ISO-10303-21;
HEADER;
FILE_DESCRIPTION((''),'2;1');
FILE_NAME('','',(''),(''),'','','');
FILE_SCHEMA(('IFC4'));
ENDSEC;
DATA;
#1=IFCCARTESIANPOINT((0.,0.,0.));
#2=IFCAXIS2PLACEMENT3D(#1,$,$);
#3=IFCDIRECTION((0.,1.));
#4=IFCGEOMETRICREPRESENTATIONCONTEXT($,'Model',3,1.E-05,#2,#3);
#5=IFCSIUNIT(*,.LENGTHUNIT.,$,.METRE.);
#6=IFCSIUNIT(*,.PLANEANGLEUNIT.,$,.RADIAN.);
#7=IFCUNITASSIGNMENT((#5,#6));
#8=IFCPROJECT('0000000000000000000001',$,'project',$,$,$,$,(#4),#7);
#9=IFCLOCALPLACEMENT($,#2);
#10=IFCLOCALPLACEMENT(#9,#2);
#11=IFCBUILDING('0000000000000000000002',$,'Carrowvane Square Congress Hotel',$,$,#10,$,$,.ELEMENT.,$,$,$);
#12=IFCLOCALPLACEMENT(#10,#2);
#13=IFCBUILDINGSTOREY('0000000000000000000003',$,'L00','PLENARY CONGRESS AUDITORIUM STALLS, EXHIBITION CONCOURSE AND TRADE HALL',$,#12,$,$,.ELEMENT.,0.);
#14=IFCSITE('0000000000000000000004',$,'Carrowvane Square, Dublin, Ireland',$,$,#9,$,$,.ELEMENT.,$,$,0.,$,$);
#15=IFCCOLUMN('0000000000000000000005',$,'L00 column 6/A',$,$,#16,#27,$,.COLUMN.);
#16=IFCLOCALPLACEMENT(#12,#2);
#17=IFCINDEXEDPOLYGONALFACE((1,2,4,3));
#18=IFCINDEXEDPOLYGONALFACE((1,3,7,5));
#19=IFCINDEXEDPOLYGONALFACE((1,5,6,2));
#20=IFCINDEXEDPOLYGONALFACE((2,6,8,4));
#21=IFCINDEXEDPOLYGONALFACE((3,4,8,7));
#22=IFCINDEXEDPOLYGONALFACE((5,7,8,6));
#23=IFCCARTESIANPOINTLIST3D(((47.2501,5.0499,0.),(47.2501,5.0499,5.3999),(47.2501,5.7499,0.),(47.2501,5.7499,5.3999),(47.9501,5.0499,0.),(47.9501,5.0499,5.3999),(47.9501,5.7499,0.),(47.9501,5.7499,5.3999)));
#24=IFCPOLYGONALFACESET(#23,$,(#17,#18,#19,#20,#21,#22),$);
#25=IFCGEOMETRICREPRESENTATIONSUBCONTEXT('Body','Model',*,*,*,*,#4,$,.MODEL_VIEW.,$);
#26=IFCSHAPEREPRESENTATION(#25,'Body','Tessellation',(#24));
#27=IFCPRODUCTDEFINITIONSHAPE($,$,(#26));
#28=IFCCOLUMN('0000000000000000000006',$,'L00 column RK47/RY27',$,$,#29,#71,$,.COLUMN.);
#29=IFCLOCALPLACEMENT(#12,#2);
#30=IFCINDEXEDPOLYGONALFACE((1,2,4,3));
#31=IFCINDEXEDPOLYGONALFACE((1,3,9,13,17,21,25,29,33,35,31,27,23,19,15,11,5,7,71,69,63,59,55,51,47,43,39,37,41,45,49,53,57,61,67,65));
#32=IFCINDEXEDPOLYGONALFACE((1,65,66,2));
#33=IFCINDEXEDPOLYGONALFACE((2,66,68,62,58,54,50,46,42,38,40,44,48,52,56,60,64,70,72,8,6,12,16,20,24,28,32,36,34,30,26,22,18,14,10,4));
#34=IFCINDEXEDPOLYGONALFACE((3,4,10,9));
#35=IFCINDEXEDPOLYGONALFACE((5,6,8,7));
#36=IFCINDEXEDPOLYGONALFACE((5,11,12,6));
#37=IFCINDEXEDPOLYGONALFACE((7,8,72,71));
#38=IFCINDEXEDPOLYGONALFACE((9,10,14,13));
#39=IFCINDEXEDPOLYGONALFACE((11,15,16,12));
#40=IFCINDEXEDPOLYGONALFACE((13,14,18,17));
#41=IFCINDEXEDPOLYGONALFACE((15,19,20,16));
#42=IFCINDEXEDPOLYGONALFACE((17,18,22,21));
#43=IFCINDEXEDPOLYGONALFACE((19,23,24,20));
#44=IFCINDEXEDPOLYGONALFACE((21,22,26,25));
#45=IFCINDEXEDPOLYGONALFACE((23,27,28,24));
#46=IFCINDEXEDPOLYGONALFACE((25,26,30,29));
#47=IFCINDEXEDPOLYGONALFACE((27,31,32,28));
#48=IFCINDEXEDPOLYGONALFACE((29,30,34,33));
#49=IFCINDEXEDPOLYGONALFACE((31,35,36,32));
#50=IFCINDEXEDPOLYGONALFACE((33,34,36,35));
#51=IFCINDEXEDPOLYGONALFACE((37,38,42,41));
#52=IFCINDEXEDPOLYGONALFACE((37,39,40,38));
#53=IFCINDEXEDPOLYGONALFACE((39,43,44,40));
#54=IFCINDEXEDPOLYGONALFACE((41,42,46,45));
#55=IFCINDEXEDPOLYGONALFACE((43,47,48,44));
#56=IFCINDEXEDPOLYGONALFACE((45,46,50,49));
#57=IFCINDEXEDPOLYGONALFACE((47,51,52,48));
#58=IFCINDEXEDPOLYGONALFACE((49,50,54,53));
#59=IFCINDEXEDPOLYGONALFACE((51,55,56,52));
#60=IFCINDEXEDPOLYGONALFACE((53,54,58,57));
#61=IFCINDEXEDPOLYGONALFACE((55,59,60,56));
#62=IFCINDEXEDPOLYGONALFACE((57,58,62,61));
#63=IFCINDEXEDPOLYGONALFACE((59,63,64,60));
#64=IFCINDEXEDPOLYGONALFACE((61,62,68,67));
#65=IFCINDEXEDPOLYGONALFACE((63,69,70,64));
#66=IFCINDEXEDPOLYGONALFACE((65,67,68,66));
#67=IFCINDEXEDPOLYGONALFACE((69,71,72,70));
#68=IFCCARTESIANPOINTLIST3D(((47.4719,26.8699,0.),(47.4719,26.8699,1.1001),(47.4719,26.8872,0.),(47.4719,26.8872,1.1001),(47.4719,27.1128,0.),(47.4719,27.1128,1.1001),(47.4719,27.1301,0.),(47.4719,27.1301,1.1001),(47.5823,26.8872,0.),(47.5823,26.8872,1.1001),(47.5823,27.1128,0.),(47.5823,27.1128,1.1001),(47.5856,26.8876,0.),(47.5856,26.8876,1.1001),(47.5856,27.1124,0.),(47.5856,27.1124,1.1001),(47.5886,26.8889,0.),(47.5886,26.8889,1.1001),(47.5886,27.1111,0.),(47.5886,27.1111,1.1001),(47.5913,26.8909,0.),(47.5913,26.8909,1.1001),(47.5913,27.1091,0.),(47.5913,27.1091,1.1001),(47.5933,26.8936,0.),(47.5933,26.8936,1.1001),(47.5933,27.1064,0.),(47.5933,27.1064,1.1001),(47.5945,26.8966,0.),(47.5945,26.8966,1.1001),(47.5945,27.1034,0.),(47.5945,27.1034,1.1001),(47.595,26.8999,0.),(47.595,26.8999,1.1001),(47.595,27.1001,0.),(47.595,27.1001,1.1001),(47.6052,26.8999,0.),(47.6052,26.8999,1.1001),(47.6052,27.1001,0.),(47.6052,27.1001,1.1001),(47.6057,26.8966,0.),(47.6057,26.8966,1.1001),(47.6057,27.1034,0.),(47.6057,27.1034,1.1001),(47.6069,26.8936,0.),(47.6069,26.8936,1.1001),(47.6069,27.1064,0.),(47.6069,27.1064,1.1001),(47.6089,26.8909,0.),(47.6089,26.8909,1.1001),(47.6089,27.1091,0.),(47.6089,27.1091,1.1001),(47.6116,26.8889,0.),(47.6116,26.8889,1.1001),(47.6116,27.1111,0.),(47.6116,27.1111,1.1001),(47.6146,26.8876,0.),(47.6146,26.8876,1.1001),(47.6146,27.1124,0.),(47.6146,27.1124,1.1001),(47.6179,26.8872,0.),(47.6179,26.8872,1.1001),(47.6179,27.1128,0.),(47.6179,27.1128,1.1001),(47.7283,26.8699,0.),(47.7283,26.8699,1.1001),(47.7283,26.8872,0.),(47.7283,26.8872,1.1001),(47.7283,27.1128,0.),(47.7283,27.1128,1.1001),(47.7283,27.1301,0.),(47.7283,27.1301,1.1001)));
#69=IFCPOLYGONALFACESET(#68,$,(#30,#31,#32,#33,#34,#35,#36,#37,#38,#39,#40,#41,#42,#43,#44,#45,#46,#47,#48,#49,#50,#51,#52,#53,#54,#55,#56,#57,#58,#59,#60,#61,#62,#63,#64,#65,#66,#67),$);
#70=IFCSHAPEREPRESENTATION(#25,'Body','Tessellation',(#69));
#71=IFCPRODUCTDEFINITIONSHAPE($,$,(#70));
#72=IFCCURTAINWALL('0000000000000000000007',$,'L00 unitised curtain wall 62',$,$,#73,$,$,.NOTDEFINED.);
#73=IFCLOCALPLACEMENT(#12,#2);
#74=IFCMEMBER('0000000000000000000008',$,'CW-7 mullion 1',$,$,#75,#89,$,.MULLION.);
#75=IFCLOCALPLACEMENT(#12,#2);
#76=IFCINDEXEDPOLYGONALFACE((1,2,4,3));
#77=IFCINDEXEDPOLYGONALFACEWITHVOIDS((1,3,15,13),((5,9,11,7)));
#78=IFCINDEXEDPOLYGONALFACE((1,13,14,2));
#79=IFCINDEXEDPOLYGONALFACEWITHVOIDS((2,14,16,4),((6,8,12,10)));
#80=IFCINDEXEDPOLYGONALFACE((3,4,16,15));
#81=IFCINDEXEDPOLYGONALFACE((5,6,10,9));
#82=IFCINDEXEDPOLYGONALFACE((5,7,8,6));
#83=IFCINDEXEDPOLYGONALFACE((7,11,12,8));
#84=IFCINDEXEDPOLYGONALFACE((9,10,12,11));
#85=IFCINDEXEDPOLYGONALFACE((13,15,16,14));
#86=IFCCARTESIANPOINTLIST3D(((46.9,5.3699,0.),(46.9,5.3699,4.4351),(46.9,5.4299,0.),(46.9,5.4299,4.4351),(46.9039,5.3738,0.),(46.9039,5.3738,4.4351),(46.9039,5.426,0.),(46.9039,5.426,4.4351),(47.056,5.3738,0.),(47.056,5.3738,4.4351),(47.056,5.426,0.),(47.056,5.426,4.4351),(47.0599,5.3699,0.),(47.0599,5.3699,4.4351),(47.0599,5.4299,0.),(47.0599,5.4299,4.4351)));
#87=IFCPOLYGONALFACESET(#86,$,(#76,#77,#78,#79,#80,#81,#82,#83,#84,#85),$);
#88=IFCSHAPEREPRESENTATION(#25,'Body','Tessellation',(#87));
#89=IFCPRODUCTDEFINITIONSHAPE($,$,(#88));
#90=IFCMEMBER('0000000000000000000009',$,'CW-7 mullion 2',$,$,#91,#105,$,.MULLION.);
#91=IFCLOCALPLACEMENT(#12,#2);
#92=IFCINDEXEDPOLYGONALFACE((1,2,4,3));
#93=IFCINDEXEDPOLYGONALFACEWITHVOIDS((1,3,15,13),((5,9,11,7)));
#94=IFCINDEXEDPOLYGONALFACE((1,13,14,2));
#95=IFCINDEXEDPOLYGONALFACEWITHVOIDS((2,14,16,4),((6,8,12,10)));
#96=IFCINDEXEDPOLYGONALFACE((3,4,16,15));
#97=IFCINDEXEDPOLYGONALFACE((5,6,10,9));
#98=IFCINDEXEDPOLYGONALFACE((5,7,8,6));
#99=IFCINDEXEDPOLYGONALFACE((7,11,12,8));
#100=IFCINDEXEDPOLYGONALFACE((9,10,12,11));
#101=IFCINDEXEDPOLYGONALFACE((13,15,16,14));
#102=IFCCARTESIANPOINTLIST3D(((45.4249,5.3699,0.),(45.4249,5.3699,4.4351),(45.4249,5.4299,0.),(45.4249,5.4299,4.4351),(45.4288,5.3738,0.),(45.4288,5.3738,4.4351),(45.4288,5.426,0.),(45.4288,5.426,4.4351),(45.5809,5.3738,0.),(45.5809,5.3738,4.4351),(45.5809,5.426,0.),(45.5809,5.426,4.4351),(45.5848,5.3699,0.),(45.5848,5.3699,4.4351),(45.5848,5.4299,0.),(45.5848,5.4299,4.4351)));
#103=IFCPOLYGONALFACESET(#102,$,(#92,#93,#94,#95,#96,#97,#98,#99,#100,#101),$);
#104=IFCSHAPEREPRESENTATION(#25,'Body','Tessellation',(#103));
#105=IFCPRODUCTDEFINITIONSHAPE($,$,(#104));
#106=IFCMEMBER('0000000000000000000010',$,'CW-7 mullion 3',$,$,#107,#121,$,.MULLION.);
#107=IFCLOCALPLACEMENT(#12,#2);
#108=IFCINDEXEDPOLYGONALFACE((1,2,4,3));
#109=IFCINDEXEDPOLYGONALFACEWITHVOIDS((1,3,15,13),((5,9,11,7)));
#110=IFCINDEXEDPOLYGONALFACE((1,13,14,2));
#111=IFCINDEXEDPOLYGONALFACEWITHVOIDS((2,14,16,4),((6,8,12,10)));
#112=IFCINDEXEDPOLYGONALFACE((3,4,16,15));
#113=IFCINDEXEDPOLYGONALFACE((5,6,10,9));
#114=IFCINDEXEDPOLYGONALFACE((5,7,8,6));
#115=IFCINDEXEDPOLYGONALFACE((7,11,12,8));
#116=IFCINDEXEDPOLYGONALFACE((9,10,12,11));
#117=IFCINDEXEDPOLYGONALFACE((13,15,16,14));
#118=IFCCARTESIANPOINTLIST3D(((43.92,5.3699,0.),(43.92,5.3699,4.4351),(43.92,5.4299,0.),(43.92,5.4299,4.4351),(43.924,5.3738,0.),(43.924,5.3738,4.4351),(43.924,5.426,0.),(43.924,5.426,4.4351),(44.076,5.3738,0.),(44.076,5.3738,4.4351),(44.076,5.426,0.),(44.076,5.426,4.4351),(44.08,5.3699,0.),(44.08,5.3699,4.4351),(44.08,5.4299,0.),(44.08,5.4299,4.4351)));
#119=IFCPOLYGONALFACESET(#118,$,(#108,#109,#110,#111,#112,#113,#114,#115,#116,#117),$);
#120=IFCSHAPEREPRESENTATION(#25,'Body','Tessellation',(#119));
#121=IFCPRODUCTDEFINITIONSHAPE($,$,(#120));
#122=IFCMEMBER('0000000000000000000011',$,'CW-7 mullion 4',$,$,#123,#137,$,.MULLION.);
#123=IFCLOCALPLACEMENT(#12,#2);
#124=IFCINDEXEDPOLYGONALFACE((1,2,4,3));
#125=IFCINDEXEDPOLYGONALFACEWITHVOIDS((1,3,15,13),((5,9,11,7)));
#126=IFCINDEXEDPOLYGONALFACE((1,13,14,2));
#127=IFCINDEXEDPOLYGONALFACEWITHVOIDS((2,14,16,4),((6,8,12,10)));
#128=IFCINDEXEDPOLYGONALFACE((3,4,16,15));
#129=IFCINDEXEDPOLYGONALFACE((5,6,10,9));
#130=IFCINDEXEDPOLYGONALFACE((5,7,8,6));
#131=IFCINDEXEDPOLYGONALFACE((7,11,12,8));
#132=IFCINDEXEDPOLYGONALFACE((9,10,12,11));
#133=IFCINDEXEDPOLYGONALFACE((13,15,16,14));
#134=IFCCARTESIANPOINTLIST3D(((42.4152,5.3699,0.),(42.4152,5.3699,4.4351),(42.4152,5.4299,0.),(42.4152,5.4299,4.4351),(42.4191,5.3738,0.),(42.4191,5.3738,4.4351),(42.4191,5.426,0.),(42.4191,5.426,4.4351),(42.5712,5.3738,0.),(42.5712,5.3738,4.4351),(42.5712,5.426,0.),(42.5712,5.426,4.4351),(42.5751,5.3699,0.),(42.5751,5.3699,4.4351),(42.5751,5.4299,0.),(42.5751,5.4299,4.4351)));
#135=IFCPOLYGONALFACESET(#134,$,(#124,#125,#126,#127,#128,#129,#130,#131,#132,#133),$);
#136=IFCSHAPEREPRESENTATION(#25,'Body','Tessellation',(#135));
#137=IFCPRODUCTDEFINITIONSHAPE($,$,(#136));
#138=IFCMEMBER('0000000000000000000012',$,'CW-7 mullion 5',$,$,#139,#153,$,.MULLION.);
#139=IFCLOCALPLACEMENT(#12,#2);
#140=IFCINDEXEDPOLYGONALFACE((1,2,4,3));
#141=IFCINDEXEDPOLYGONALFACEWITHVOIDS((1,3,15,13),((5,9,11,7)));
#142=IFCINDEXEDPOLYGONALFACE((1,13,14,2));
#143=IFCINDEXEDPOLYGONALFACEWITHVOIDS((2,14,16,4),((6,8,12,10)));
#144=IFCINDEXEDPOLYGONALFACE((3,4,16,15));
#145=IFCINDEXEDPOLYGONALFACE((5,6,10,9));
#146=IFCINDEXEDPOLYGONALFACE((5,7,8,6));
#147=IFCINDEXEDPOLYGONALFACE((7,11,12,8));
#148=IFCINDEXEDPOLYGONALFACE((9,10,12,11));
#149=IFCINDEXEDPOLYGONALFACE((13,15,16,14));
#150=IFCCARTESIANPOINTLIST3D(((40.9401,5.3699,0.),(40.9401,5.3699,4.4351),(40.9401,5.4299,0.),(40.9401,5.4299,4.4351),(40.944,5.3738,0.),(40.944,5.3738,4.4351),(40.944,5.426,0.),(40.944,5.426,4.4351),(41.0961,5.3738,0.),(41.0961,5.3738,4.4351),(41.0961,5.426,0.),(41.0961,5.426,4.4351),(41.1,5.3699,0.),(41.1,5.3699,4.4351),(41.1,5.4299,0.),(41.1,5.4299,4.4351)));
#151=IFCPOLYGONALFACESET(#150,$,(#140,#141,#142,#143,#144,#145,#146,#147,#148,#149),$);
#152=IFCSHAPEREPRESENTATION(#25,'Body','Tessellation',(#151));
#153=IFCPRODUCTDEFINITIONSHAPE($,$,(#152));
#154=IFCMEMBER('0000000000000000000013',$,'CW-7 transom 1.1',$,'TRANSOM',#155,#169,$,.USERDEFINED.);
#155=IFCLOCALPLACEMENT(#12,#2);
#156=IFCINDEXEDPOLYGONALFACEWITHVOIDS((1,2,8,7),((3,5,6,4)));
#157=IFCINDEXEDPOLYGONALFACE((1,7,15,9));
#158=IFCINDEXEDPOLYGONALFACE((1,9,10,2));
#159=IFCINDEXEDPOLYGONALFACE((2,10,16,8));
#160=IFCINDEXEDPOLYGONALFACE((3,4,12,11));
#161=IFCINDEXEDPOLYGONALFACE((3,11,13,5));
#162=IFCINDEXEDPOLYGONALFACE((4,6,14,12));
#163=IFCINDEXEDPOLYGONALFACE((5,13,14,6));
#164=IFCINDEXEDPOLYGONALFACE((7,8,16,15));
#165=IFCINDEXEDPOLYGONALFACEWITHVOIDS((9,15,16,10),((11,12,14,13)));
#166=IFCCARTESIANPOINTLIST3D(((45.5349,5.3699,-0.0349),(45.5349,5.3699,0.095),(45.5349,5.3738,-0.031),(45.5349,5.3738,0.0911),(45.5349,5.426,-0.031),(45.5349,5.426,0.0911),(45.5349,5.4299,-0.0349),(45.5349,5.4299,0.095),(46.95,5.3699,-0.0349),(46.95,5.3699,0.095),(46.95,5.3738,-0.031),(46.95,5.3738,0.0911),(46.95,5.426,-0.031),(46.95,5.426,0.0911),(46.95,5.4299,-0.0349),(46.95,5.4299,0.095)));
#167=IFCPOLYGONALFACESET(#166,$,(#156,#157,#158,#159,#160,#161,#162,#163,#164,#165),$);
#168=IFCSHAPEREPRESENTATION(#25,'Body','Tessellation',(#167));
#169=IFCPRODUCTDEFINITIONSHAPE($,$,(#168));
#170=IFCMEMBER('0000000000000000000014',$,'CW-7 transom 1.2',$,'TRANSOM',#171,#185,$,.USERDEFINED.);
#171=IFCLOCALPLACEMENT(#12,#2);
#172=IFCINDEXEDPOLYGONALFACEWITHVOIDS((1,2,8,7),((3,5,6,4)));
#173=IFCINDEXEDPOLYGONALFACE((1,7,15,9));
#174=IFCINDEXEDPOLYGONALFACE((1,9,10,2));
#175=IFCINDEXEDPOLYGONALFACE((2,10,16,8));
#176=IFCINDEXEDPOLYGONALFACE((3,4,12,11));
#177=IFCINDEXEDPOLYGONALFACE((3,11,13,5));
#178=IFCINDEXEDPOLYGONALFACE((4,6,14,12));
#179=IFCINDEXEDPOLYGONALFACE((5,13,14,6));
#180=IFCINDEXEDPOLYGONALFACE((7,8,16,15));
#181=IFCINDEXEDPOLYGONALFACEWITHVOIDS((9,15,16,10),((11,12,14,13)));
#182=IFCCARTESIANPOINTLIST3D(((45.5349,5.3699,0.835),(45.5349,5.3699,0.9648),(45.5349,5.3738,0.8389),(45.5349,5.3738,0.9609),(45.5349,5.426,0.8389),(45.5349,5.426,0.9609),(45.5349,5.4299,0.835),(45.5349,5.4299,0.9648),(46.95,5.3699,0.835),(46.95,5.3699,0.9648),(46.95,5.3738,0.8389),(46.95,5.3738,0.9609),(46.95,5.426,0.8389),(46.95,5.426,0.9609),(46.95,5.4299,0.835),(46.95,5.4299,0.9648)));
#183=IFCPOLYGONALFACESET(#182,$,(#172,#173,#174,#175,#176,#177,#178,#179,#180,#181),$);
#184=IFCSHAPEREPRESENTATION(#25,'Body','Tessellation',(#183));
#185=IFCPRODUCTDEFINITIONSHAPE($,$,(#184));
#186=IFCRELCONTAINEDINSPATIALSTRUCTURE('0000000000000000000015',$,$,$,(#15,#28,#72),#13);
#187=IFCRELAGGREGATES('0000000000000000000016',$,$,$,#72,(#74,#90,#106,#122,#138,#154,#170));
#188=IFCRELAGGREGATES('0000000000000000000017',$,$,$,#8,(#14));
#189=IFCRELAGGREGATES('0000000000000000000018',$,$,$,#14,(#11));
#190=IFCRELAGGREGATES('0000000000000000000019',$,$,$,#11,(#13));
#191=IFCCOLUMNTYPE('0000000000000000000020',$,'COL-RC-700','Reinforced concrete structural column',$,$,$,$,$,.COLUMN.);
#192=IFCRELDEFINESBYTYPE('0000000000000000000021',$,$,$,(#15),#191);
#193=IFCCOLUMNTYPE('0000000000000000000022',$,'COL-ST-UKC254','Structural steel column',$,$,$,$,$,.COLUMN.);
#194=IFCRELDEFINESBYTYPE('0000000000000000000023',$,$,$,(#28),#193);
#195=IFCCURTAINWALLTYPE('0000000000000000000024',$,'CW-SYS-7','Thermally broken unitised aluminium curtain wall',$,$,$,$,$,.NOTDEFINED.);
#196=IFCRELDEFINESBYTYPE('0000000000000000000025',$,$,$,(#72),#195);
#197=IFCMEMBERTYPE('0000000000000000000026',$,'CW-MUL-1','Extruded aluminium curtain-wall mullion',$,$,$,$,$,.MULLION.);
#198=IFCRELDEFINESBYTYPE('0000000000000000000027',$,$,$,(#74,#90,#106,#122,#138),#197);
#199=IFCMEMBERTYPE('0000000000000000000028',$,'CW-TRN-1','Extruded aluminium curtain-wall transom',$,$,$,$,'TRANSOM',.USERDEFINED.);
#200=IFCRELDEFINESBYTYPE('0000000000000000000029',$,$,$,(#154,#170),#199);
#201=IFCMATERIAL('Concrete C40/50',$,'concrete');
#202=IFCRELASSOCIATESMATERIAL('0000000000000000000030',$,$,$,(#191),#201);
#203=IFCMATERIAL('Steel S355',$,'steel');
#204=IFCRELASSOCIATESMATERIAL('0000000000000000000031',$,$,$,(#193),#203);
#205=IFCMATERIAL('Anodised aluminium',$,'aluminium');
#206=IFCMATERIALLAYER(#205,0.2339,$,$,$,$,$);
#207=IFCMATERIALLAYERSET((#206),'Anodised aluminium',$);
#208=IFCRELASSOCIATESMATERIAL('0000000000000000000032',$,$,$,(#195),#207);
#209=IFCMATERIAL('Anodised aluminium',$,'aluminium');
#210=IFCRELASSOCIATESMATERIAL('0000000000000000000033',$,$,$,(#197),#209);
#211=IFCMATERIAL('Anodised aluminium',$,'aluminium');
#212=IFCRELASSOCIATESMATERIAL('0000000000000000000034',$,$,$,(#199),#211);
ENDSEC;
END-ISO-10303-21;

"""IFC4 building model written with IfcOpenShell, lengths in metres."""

from ifc_helpers import new_model, si_unit, direction, frame, origin, origin_2d, place, context, subcontext, project, spatial, rectangle, hollow_rectangle, i_section, extrude, material, layer, layer_set, material_profile, profile_set, type_object, element, aggregate, save


model = new_model("IFC4")

# Units and contexts
model_context = context("Model", 3, precision=1e-05, world=origin(), true_north=direction((0.0, 1.0)))
body_context = subcontext(model_context, "Body", "Model", "MODEL_VIEW")
ifc_project = project(units=[si_unit("LENGTHUNIT", "METRE"), si_unit("PLANEANGLEUNIT", "RADIAN")], contexts=[model_context])

# Site, building, storey
site_placement = place(None, origin())
site = spatial("IfcSite", under=ifc_project, at=site_placement, Name="Carrowvane Square, Dublin, Ireland", CompositionType="ELEMENT", RefElevation=0.0)
building_placement = place(site_placement, origin())
building = spatial("IfcBuilding", under=site, at=building_placement, Name="Carrowvane Square Congress Hotel", CompositionType="ELEMENT")
storey_placement = place(building_placement, origin())
storey = spatial("IfcBuildingStorey", under=building, at=storey_placement, Name="L00", Description="PLENARY CONGRESS AUDITORIUM STALLS, EXHIBITION CONCOURSE AND TRADE HALL", CompositionType="ELEMENT", Elevation=0.0)

# Columns
ifc_material_1 = material(Name="Concrete C40/50", Category="concrete")
ifc_material_profile_1 = material_profile(ifc_material_1, rectangle(XDim=0.7, YDim=0.7, at=origin_2d()), Name="RC 700x700")
ifc_profile_set_1 = profile_set([ifc_material_profile_1], Name="Concrete C40/50")
column_type_1 = type_object("IfcColumnType", Name="COL-RC-700", Description="Reinforced concrete structural column", PredefinedType="COLUMN", material=ifc_profile_set_1)
column_1_placement = place(storey_placement, frame((47.6001, 5.3999, 0.0), z_axis=(0.0, 0.0, 1.0), x_axis=(1.0, 0.0, 0.0)))
element("IfcColumn", 1, at=column_1_placement, inside=storey, type_object=column_type_1, Name="L00 column 6/A", PredefinedType="COLUMN", context=body_context, shape_type="SweptSolid", body=[
    extrude(rectangle(XDim=0.7, YDim=0.7, at=origin_2d()), origin(), (0.0, 0.0, 1.0), 5.3999),
])
ifc_material_2 = material(Name="Steel S355", Category="steel")
ifc_material_profile_2 = material_profile(ifc_material_2, i_section(OverallWidth=0.2563, OverallDepth=0.2603, WebThickness=0.0103, FlangeThickness=0.0173, FilletRadius=0.0127, at=origin_2d()), Name="UKC 254x254x89")
ifc_profile_set_2 = profile_set([ifc_material_profile_2], Name="Steel S355")
column_type_2 = type_object("IfcColumnType", Name="COL-ST-UKC254", Description="Structural steel column", PredefinedType="COLUMN", material=ifc_profile_set_2)
column_2_placement = place(storey_placement, frame((47.6001, 27.0, 0.0), z_axis=(0.0, 0.0, 1.0), x_axis=(1.0, 0.0, 0.0)))
element("IfcColumn", 2, at=column_2_placement, inside=storey, type_object=column_type_2, Name="L00 column RK47/RY27", PredefinedType="COLUMN", context=body_context, shape_type="SweptSolid", body=[
    extrude(i_section(OverallWidth=0.2563, OverallDepth=0.2603, WebThickness=0.0103, FlangeThickness=0.0173, FilletRadius=0.0127, at=origin_2d()), origin(), (0.0, 0.0, 1.0), 1.1001),
])

# Curtain wall, members
ifc_material_3 = material(Name="Anodised aluminium", Category="aluminium")
ifc_layer_1 = layer(ifc_material_3, 0.2339)
ifc_layer_set_1 = layer_set([ifc_layer_1], Name="Anodised aluminium")
curtain_wall_type = type_object("IfcCurtainWallType", Name="CW-SYS-7", Description="Thermally broken unitised aluminium curtain wall", PredefinedType="NOTDEFINED", material=ifc_layer_set_1)
curtain_wall_placement = place(storey_placement, origin())
curtain_wall = element("IfcCurtainWall", 3, at=curtain_wall_placement, inside=storey, type_object=curtain_wall_type, Name="L00 unitised curtain wall 62", PredefinedType="NOTDEFINED")
ifc_material_4 = material(Name="Anodised aluminium", Category="aluminium")
ifc_material_profile_3 = material_profile(ifc_material_4, hollow_rectangle(XDim=0.0601, YDim=0.1599, WallThickness=0.0039, at=origin_2d()), Name="CW-ML 60x160x4")
ifc_profile_set_3 = profile_set([ifc_material_profile_3], Name="Anodised aluminium")
member_type_1 = type_object("IfcMemberType", Name="CW-MUL-1", Description="Extruded aluminium curtain-wall mullion", PredefinedType="MULLION", material=ifc_profile_set_3)
member_1_placement = place(storey_placement, frame((46.98, 5.3999, 0.0), z_axis=(0.0, 0.0, 1.0), x_axis=(0.0, -1.0, 0.0)))
member_1 = element("IfcMember", 4, at=member_1_placement, type_object=member_type_1, Name="CW-7 mullion 1", PredefinedType="MULLION", context=body_context, shape_type="SweptSolid", body=[
    extrude(hollow_rectangle(XDim=0.0601, YDim=0.1599, WallThickness=0.0039, at=origin_2d()), origin(), (0.0, 0.0, 1.0), 4.4351),
])
member_2_placement = place(storey_placement, frame((45.5049, 5.3999, 0.0), z_axis=(0.0, 0.0, 1.0), x_axis=(0.0, -1.0, 0.0)))
member_2 = element("IfcMember", 5, at=member_2_placement, type_object=member_type_1, Name="CW-7 mullion 2", PredefinedType="MULLION", context=body_context, shape_type="SweptSolid", body=[
    extrude(hollow_rectangle(XDim=0.0601, YDim=0.1599, WallThickness=0.0039, at=origin_2d()), origin(), (0.0, 0.0, 1.0), 4.4351),
])
member_3_placement = place(storey_placement, frame((44.0, 5.3999, 0.0), z_axis=(0.0, 0.0, 1.0), x_axis=(0.0, -1.0, 0.0)))
member_3 = element("IfcMember", 6, at=member_3_placement, type_object=member_type_1, Name="CW-7 mullion 3", PredefinedType="MULLION", context=body_context, shape_type="SweptSolid", body=[
    extrude(hollow_rectangle(XDim=0.0601, YDim=0.1599, WallThickness=0.0039, at=origin_2d()), origin(), (0.0, 0.0, 1.0), 4.4351),
])
member_4_placement = place(storey_placement, frame((42.4951, 5.3999, 0.0), z_axis=(0.0, 0.0, 1.0), x_axis=(0.0, -1.0, 0.0)))
member_4 = element("IfcMember", 7, at=member_4_placement, type_object=member_type_1, Name="CW-7 mullion 4", PredefinedType="MULLION", context=body_context, shape_type="SweptSolid", body=[
    extrude(hollow_rectangle(XDim=0.0601, YDim=0.1599, WallThickness=0.0039, at=origin_2d()), origin(), (0.0, 0.0, 1.0), 4.4351),
])
member_5_placement = place(storey_placement, frame((41.02, 5.3999, 0.0), z_axis=(0.0, 0.0, 1.0), x_axis=(0.0, -1.0, 0.0)))
member_5 = element("IfcMember", 8, at=member_5_placement, type_object=member_type_1, Name="CW-7 mullion 5", PredefinedType="MULLION", context=body_context, shape_type="SweptSolid", body=[
    extrude(hollow_rectangle(XDim=0.0601, YDim=0.1599, WallThickness=0.0039, at=origin_2d()), origin(), (0.0, 0.0, 1.0), 4.4351),
])
ifc_material_5 = material(Name="Anodised aluminium", Category="aluminium")
ifc_material_profile_4 = material_profile(ifc_material_5, hollow_rectangle(XDim=0.0601, YDim=0.1299, WallThickness=0.0039, at=origin_2d()), Name="CW-TR 60x130x4")
ifc_profile_set_4 = profile_set([ifc_material_profile_4], Name="Anodised aluminium")
member_type_2 = type_object("IfcMemberType", Name="CW-TRN-1", Description="Extruded aluminium curtain-wall transom", ElementType="TRANSOM", PredefinedType="USERDEFINED", material=ifc_profile_set_4)
member_6_placement = place(storey_placement, frame((46.95, 5.3999, 0.03), z_axis=(-1.0, 0.0, 0.0), x_axis=(0.0, -1.0, 0.0)))
member_6 = element("IfcMember", 9, at=member_6_placement, type_object=member_type_2, Name="CW-7 transom 1.1", ObjectType="TRANSOM", PredefinedType="USERDEFINED", context=body_context, shape_type="SweptSolid", body=[
    extrude(hollow_rectangle(XDim=0.0601, YDim=0.1299, WallThickness=0.0039, at=origin_2d()), origin(), (0.0, 0.0, 1.0), 1.415),
])
member_7_placement = place(storey_placement, frame((46.95, 5.3999, 0.8999), z_axis=(-1.0, 0.0, 0.0), x_axis=(0.0, -1.0, 0.0)))
member_7 = element("IfcMember", 10, at=member_7_placement, type_object=member_type_2, Name="CW-7 transom 1.2", ObjectType="TRANSOM", PredefinedType="USERDEFINED", context=body_context, shape_type="SweptSolid", body=[
    extrude(hollow_rectangle(XDim=0.0601, YDim=0.1299, WallThickness=0.0039, at=origin_2d()), origin(), (0.0, 0.0, 1.0), 1.415),
])

aggregate(curtain_wall, [member_1, member_2, member_3, member_4, member_5, member_6, member_7])

save(model, "model.ifc")
